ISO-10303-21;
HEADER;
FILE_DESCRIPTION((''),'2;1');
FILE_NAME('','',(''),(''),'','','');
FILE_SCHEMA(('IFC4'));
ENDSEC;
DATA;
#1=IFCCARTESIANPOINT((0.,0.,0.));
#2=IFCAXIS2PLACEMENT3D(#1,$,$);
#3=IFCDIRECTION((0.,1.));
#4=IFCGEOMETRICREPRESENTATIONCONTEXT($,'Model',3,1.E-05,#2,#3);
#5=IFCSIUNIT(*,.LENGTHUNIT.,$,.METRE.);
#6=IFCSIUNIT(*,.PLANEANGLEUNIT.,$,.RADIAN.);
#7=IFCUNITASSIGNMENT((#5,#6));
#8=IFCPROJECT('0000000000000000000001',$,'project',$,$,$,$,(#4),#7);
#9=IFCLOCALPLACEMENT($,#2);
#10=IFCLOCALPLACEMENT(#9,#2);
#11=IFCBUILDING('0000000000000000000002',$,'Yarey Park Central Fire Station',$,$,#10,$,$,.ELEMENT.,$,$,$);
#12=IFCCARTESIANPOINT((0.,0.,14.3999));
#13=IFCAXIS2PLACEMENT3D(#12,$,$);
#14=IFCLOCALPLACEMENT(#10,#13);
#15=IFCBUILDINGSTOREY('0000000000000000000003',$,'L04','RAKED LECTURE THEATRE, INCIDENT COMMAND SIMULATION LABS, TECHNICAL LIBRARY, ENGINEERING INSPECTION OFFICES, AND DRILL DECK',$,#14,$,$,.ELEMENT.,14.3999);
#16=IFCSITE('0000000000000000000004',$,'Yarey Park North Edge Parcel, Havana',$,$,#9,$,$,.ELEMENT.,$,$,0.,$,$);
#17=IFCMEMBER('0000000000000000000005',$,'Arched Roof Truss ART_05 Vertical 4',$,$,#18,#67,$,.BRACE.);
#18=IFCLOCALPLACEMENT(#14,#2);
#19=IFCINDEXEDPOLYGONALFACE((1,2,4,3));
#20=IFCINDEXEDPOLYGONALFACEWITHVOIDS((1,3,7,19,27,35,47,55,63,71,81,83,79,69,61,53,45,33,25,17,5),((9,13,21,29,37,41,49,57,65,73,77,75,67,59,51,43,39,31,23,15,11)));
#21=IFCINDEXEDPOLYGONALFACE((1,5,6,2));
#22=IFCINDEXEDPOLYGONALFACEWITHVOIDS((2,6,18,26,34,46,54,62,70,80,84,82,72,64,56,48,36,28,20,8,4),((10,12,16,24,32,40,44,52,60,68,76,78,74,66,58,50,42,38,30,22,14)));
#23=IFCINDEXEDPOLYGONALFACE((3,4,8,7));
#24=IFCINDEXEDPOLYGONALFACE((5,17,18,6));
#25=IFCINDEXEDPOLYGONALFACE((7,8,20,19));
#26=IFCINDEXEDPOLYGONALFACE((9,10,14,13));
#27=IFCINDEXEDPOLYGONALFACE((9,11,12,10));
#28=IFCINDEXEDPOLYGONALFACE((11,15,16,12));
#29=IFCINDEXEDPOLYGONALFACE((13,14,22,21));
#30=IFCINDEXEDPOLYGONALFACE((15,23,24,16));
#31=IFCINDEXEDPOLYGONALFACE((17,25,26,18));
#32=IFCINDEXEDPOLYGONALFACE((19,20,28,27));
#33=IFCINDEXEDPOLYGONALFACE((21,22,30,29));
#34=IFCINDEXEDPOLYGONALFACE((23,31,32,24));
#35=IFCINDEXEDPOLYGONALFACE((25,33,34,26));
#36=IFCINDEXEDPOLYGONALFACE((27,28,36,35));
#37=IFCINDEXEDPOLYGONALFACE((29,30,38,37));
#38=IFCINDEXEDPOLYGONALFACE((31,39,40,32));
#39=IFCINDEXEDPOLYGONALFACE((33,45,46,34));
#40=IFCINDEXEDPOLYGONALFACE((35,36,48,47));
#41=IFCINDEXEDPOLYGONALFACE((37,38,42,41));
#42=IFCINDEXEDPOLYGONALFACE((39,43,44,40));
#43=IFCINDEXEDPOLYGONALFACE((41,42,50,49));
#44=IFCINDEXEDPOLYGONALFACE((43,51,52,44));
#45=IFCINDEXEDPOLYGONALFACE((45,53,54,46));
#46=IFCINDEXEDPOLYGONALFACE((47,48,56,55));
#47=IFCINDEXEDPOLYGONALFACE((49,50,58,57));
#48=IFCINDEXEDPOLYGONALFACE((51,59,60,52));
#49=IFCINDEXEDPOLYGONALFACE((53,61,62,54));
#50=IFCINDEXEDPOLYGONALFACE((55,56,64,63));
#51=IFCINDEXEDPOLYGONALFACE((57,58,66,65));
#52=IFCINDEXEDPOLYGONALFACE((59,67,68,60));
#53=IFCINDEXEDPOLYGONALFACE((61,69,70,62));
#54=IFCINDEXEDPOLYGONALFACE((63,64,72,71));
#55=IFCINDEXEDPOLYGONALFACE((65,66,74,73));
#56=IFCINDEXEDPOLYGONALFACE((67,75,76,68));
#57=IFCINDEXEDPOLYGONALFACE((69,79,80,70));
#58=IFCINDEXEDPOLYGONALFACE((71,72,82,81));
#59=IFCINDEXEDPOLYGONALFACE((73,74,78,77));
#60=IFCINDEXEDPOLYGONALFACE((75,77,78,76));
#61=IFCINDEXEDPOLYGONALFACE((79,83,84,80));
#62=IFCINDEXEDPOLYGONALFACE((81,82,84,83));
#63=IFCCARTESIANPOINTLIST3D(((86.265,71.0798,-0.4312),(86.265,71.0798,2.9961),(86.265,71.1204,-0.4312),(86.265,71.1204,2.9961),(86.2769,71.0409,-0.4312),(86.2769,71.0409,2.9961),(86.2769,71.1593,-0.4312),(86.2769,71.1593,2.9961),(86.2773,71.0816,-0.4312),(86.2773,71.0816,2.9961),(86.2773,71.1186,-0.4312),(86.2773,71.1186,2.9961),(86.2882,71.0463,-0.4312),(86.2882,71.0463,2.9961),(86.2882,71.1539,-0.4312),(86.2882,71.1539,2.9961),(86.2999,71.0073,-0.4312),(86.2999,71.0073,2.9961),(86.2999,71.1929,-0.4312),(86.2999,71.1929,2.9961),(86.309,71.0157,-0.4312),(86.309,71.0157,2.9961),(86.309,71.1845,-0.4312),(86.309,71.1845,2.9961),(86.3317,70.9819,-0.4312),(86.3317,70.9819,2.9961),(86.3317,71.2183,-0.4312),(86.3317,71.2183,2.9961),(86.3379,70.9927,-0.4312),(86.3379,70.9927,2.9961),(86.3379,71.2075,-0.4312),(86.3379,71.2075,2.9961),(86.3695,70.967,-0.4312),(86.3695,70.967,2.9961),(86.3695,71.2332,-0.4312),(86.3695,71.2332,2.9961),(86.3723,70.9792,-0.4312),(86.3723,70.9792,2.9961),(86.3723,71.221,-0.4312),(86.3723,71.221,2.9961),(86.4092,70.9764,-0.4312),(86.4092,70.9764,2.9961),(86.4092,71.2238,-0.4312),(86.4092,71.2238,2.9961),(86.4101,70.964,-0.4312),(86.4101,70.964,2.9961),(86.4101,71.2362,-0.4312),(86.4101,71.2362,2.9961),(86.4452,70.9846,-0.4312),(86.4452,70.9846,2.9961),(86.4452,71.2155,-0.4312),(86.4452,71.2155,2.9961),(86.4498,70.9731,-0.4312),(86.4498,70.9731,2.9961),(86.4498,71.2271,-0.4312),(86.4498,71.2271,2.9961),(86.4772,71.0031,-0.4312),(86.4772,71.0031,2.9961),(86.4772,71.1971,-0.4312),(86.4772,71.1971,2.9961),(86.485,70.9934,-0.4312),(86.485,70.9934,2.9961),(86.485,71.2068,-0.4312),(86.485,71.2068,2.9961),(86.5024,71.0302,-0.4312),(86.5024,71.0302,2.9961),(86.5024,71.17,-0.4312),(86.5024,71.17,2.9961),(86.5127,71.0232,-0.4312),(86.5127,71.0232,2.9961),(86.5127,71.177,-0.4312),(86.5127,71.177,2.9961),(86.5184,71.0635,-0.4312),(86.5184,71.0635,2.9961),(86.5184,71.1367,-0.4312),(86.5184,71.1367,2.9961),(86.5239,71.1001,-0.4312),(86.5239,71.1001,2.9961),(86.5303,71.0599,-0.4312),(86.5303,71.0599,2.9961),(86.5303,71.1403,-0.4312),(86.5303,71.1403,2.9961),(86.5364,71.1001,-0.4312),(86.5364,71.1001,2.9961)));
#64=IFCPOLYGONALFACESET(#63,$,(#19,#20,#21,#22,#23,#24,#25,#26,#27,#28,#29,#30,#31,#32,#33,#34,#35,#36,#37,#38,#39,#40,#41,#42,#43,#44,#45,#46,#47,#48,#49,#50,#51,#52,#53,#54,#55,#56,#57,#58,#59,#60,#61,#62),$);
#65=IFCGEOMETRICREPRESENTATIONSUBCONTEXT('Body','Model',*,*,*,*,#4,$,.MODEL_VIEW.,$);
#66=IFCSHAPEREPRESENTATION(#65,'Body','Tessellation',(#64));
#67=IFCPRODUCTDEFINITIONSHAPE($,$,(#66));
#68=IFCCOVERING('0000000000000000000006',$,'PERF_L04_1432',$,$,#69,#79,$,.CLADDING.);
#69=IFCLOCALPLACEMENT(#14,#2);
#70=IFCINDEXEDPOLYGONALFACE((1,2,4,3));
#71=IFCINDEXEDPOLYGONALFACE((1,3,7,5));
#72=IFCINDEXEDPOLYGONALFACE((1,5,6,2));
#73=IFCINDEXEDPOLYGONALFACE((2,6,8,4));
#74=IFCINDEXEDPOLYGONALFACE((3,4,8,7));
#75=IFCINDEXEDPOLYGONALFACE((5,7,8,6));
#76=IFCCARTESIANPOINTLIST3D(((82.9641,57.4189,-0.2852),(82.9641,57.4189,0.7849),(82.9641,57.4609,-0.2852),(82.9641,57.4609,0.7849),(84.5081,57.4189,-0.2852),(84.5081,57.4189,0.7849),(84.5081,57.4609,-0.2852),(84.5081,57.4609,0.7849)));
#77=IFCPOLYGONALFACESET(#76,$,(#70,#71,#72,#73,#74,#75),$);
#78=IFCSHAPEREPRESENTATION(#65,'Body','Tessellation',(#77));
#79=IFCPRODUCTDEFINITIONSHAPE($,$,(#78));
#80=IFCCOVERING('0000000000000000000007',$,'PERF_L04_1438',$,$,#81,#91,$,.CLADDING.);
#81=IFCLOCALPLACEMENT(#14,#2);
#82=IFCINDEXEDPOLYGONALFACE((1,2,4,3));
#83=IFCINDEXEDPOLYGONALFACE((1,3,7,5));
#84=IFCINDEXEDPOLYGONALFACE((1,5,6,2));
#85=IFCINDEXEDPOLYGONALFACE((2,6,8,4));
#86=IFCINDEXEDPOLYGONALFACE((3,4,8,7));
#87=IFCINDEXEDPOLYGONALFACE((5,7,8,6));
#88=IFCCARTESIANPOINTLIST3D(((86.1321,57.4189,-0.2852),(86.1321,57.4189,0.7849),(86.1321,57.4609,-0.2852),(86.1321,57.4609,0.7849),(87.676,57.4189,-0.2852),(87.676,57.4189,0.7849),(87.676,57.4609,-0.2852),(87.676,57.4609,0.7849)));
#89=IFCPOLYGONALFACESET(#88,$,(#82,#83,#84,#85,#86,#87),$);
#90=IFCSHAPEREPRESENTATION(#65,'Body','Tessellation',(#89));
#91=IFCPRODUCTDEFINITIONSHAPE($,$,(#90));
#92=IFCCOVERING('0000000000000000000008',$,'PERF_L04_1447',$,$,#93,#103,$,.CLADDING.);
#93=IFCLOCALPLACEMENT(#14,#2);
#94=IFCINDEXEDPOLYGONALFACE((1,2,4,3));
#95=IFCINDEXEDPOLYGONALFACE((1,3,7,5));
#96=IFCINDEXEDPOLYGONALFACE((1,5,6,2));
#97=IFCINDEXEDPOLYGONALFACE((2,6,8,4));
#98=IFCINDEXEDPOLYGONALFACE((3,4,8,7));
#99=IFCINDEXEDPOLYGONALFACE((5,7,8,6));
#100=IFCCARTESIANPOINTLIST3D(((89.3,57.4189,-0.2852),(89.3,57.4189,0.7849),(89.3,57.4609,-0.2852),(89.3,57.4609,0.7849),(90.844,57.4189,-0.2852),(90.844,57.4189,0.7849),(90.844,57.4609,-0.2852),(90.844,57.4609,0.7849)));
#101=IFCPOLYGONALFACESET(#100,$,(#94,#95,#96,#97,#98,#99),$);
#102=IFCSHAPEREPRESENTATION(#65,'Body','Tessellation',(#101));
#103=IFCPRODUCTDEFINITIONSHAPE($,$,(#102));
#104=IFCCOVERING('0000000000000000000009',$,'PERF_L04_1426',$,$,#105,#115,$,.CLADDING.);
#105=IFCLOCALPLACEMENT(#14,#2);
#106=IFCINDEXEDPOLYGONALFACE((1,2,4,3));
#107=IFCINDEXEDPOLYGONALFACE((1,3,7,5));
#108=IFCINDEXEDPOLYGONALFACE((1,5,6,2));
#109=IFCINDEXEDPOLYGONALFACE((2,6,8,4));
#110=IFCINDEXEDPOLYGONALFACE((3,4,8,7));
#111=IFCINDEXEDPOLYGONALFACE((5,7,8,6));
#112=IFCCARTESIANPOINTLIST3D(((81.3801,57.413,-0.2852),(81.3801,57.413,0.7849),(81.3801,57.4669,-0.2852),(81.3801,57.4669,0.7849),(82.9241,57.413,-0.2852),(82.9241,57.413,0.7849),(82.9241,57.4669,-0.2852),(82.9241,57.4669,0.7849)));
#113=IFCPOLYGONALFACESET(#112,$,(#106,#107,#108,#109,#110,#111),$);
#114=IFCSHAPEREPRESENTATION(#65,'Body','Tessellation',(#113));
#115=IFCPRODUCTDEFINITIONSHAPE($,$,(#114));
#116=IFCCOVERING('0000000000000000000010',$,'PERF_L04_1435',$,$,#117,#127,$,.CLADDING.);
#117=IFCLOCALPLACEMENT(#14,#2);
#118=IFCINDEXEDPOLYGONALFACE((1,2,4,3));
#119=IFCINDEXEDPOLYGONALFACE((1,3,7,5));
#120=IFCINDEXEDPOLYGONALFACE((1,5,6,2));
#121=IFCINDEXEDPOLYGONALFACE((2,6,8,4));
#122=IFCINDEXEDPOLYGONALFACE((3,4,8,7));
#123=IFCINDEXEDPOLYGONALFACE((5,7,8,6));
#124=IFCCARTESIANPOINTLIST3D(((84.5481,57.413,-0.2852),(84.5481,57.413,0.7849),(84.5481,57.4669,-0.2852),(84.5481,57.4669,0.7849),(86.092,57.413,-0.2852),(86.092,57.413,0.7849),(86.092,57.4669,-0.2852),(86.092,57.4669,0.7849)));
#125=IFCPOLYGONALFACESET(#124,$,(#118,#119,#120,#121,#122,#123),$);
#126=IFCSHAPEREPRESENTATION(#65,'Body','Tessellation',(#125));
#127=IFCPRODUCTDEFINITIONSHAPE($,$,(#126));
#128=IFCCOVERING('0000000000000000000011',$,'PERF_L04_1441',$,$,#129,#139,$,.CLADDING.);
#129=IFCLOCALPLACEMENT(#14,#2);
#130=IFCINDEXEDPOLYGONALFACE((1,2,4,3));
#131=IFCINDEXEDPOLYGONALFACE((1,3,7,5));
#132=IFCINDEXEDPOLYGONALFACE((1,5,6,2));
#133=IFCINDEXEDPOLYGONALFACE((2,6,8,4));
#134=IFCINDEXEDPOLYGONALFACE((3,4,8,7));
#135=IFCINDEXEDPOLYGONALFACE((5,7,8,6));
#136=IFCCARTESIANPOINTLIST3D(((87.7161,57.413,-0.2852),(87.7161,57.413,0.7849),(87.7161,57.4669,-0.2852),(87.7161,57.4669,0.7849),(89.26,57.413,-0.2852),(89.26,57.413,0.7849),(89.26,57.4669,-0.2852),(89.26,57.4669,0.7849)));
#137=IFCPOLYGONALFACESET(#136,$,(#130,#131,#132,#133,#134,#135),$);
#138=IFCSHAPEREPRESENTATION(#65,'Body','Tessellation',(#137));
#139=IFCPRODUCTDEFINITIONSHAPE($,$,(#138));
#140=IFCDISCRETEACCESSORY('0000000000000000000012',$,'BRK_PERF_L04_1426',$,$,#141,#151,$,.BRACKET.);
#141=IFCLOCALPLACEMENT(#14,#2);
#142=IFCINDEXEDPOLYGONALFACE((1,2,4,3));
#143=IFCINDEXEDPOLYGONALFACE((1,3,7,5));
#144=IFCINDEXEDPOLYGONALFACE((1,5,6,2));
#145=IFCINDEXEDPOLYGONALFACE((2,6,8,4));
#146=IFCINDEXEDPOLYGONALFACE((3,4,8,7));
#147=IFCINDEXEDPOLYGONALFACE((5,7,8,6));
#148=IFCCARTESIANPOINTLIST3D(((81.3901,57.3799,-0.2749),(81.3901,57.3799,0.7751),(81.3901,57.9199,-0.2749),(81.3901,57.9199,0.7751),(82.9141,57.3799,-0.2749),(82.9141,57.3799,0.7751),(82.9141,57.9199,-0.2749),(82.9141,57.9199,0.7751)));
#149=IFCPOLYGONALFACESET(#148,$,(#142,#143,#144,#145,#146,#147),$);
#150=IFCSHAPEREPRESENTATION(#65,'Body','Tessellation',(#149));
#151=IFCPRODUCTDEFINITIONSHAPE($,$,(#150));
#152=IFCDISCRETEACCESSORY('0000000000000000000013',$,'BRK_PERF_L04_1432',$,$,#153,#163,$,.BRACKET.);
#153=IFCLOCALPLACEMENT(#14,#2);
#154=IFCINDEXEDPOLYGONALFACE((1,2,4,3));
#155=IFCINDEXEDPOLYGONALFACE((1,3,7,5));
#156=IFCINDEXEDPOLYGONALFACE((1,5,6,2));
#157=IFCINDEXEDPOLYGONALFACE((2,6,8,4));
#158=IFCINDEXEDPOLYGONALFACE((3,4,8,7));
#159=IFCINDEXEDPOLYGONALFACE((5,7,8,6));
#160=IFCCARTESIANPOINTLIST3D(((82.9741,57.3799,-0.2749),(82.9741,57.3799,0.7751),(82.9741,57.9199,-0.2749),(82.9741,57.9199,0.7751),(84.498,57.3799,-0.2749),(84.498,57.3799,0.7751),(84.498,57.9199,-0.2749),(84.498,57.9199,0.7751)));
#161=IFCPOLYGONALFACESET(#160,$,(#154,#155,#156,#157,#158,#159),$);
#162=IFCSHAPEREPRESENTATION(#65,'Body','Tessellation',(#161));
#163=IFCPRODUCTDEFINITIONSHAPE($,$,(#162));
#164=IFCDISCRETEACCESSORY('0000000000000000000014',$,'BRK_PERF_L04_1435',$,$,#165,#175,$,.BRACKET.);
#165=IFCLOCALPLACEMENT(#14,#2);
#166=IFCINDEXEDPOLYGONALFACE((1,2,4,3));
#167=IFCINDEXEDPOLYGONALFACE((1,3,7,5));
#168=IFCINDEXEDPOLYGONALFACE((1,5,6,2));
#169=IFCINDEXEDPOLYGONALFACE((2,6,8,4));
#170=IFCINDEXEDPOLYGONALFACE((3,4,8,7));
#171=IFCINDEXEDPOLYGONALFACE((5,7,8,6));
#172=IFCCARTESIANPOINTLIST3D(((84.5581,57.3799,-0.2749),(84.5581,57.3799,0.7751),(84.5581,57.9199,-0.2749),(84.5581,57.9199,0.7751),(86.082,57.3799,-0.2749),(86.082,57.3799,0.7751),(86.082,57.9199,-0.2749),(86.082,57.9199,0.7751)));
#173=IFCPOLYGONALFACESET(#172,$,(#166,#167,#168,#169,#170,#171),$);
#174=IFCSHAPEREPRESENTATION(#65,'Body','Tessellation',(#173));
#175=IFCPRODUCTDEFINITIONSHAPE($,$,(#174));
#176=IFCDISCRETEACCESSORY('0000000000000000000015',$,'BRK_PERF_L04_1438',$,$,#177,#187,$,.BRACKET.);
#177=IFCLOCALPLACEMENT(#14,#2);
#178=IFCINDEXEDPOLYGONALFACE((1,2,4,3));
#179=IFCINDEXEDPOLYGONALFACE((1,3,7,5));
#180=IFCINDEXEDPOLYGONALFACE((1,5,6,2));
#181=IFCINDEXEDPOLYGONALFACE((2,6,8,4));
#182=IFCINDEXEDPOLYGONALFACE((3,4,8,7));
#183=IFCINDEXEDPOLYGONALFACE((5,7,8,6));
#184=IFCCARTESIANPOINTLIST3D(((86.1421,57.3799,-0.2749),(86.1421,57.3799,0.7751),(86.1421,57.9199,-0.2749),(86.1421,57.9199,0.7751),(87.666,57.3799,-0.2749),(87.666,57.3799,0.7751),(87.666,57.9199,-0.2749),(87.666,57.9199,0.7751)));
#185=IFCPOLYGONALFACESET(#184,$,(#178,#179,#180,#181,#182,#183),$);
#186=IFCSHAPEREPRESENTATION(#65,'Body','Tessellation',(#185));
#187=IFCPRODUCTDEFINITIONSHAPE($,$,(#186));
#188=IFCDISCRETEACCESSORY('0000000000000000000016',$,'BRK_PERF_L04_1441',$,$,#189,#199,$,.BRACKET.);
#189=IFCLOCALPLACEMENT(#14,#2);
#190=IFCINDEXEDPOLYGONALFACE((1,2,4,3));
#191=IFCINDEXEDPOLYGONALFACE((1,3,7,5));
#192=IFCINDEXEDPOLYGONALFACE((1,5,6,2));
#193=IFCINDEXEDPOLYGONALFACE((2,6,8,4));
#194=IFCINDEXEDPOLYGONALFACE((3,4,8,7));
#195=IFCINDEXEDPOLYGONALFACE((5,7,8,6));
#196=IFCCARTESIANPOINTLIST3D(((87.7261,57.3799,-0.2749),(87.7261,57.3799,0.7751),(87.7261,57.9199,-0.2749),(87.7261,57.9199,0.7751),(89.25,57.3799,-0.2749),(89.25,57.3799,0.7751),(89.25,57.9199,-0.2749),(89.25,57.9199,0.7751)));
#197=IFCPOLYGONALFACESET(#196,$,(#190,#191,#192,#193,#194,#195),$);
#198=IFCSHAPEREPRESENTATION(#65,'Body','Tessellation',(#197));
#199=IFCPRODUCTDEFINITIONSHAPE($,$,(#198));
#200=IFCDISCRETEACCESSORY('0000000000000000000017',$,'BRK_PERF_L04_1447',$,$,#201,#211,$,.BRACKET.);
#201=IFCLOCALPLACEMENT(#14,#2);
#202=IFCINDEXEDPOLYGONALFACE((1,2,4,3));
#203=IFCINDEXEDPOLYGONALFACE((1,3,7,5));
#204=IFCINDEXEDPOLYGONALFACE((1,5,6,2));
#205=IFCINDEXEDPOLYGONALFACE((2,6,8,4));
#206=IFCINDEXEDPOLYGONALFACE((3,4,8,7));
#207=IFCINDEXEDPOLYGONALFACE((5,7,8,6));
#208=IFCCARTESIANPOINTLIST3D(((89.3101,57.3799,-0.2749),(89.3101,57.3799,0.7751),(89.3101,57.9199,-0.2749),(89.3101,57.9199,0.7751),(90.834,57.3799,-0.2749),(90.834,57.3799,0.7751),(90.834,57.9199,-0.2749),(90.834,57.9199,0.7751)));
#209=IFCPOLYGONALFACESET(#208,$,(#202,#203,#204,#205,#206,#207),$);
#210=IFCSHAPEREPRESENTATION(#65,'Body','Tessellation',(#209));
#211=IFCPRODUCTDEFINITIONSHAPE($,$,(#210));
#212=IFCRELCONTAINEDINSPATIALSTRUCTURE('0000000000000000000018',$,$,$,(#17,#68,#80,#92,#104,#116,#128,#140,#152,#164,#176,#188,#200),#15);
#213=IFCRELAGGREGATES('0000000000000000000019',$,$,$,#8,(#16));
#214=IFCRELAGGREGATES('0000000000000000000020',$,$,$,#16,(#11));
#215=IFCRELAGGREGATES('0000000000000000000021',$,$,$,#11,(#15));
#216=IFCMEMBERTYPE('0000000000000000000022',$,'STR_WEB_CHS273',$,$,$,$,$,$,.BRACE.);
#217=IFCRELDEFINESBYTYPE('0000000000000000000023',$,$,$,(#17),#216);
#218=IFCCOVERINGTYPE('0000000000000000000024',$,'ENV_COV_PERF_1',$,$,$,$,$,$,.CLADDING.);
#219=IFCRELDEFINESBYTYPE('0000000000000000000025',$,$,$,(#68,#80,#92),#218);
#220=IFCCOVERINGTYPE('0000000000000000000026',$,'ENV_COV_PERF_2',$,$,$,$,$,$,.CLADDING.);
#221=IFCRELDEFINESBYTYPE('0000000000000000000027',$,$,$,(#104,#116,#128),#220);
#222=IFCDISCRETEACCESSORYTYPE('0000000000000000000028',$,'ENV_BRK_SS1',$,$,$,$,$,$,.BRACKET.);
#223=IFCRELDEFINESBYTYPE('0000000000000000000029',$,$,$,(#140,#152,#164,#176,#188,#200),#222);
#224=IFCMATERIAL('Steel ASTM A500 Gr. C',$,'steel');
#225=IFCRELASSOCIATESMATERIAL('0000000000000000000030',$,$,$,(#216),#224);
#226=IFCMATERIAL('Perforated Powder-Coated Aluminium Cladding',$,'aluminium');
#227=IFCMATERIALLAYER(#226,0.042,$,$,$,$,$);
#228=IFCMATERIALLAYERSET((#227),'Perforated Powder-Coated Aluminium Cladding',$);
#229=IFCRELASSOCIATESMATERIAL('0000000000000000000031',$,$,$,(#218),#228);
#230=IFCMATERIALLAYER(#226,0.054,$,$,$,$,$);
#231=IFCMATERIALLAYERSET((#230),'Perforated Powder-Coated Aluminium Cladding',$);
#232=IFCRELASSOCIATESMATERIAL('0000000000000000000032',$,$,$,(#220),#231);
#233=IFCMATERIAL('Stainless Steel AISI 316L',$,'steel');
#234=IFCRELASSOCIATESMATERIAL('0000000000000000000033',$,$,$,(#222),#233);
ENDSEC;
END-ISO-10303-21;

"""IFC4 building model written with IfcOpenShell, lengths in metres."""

from ifc_helpers import new_model, si_unit, direction, frame, origin, origin_2d, place, context, subcontext, project, spatial, rectangle, hollow_circle, extrude, material, layer, layer_set, material_profile, profile_set, type_object, element, save


model = new_model("IFC4")

# Units and contexts
model_context = context("Model", 3, precision=1e-05, world=origin(), true_north=direction((0.0, 1.0)))
body_context = subcontext(model_context, "Body", "Model", "MODEL_VIEW")
ifc_project = project(units=[si_unit("LENGTHUNIT", "METRE"), si_unit("PLANEANGLEUNIT", "RADIAN")], contexts=[model_context])

# Site, building, storey
site_placement = place(None, origin())
site = spatial("IfcSite", under=ifc_project, at=site_placement, Name="Yarey Park North Edge Parcel, Havana", CompositionType="ELEMENT", RefElevation=0.0)
building_placement = place(site_placement, origin())
building = spatial("IfcBuilding", under=site, at=building_placement, Name="Yarey Park Central Fire Station", CompositionType="ELEMENT")
storey_placement = place(building_placement, frame((0.0, 0.0, 14.3999)))
storey = spatial("IfcBuildingStorey", under=building, at=storey_placement, Name="L04", Description="RAKED LECTURE THEATRE, INCIDENT COMMAND SIMULATION LABS, TECHNICAL LIBRARY, ENGINEERING INSPECTION OFFICES, AND DRILL DECK", CompositionType="ELEMENT", Elevation=14.3999)

# Shared definitions
ifc_material_1 = material(Name="Steel ASTM A500 Gr. C", Category="steel")

# Member
ifc_material_profile_1 = material_profile(ifc_material_1, hollow_circle(Radius=0.1365, WallThickness=0.0125, at=origin_2d()), Name="CHS 273x12.5")
ifc_profile_set_1 = profile_set([ifc_material_profile_1], Name="Steel ASTM A500 Gr. C")
member_type_1 = type_object("IfcMemberType", Name="STR_WEB_CHS273", PredefinedType="BRACE", material=ifc_profile_set_1)
member_1_placement = place(storey_placement, frame((86.3999, 71.1001, -0.4312), z_axis=(0.0, 0.0, 1.0), x_axis=(1.0, 0.0, 0.0)))
element("IfcMember", 1, at=member_1_placement, inside=storey, type_object=member_type_1, Name="Arched Roof Truss ART_05 Vertical 4", PredefinedType="BRACE", context=body_context, shape_type="SweptSolid", body=[
    extrude(hollow_circle(Radius=0.1365, WallThickness=0.0125, at=origin_2d()), origin(), (0.0, 0.0, 1.0), 3.4272),
])

# Coverings
ifc_material_2 = material(Name="Perforated Powder-Coated Aluminium Cladding", Category="aluminium")
ifc_layer_1 = layer(ifc_material_2, 0.042)
ifc_layer_set_1 = layer_set([ifc_layer_1], Name="Perforated Powder-Coated Aluminium Cladding")
covering_type_1 = type_object("IfcCoveringType", Name="ENV_COV_PERF_1", PredefinedType="CLADDING", material=ifc_layer_set_1)
for number, where, z_axis, x_axis, name in (
    (2, (83.7361, 57.4399, -0.2852), (0.0, 0.0, 1.0), (1.0, 0.0, 0.0), "PERF_L04_1432"),
    (3, (86.9041, 57.4399, -0.2852), (0.0, 0.0, 1.0), (1.0, 0.0, 0.0), "PERF_L04_1438"),
    (4, (90.072, 57.4399, -0.2852), (0.0, 0.0, 1.0), (1.0, 0.0, 0.0), "PERF_L04_1447"),
):
    element("IfcCovering", number, at=place(storey_placement, frame(where, z_axis=z_axis, x_axis=x_axis)), inside=storey, type_object=covering_type_1, Name=name, PredefinedType="CLADDING", context=body_context, shape_type="SweptSolid", body=[
        extrude(rectangle(XDim=1.5439, YDim=0.042, at=origin_2d()), origin(), (0.0, 0.0, 1.0), 1.0701),
    ])
ifc_layer_2 = layer(ifc_material_2, 0.054)
ifc_layer_set_2 = layer_set([ifc_layer_2], Name="Perforated Powder-Coated Aluminium Cladding")
covering_type_2 = type_object("IfcCoveringType", Name="ENV_COV_PERF_2", PredefinedType="CLADDING", material=ifc_layer_set_2)
for number, where, z_axis, x_axis, name in (
    (5, (82.1521, 57.4399, -0.2852), (0.0, 0.0, 1.0), (1.0, 0.0, 0.0), "PERF_L04_1426"),
    (6, (85.3201, 57.4399, -0.2852), (0.0, 0.0, 1.0), (1.0, 0.0, 0.0), "PERF_L04_1435"),
    (7, (88.488, 57.4399, -0.2852), (0.0, 0.0, 1.0), (1.0, 0.0, 0.0), "PERF_L04_1441"),
):
    element("IfcCovering", number, at=place(storey_placement, frame(where, z_axis=z_axis, x_axis=x_axis)), inside=storey, type_object=covering_type_2, Name=name, PredefinedType="CLADDING", context=body_context, shape_type="SweptSolid", body=[
        extrude(rectangle(XDim=1.5439, YDim=0.054, at=origin_2d()), origin(), (0.0, 0.0, 1.0), 1.0701),
    ])

# Discrete accessories
ifc_material_3 = material(Name="Stainless Steel AISI 316L", Category="steel")
discrete_accessory_type = type_object("IfcDiscreteAccessoryType", Name="ENV_BRK_SS1", PredefinedType="BRACKET", material=ifc_material_3)
for number, where, z_axis, x_axis, name in (
    (8, (82.1521, 57.6499, -0.2749), (0.0, 0.0, 1.0), (1.0, 0.0, 0.0), "BRK_PERF_L04_1426"),
    (9, (83.7361, 57.6499, -0.2749), (0.0, 0.0, 1.0), (1.0, 0.0, 0.0), "BRK_PERF_L04_1432"),
    (10, (85.3201, 57.6499, -0.2749), (0.0, 0.0, 1.0), (1.0, 0.0, 0.0), "BRK_PERF_L04_1435"),
    (11, (86.9041, 57.6499, -0.2749), (0.0, 0.0, 1.0), (1.0, 0.0, 0.0), "BRK_PERF_L04_1438"),
    (12, (88.488, 57.6499, -0.2749), (0.0, 0.0, 1.0), (1.0, 0.0, 0.0), "BRK_PERF_L04_1441"),
    (13, (90.072, 57.6499, -0.2749), (0.0, 0.0, 1.0), (1.0, 0.0, 0.0), "BRK_PERF_L04_1447"),
):
    element("IfcDiscreteAccessory", number, at=place(storey_placement, frame(where, z_axis=z_axis, x_axis=x_axis)), inside=storey, type_object=discrete_accessory_type, Name=name, PredefinedType="BRACKET", context=body_context, shape_type="SweptSolid", body=[
        extrude(rectangle(XDim=1.5239, YDim=0.54, at=origin_2d()), origin(), (0.0, 0.0, 1.0), 1.05),
    ])

save(model, "model.ifc")
